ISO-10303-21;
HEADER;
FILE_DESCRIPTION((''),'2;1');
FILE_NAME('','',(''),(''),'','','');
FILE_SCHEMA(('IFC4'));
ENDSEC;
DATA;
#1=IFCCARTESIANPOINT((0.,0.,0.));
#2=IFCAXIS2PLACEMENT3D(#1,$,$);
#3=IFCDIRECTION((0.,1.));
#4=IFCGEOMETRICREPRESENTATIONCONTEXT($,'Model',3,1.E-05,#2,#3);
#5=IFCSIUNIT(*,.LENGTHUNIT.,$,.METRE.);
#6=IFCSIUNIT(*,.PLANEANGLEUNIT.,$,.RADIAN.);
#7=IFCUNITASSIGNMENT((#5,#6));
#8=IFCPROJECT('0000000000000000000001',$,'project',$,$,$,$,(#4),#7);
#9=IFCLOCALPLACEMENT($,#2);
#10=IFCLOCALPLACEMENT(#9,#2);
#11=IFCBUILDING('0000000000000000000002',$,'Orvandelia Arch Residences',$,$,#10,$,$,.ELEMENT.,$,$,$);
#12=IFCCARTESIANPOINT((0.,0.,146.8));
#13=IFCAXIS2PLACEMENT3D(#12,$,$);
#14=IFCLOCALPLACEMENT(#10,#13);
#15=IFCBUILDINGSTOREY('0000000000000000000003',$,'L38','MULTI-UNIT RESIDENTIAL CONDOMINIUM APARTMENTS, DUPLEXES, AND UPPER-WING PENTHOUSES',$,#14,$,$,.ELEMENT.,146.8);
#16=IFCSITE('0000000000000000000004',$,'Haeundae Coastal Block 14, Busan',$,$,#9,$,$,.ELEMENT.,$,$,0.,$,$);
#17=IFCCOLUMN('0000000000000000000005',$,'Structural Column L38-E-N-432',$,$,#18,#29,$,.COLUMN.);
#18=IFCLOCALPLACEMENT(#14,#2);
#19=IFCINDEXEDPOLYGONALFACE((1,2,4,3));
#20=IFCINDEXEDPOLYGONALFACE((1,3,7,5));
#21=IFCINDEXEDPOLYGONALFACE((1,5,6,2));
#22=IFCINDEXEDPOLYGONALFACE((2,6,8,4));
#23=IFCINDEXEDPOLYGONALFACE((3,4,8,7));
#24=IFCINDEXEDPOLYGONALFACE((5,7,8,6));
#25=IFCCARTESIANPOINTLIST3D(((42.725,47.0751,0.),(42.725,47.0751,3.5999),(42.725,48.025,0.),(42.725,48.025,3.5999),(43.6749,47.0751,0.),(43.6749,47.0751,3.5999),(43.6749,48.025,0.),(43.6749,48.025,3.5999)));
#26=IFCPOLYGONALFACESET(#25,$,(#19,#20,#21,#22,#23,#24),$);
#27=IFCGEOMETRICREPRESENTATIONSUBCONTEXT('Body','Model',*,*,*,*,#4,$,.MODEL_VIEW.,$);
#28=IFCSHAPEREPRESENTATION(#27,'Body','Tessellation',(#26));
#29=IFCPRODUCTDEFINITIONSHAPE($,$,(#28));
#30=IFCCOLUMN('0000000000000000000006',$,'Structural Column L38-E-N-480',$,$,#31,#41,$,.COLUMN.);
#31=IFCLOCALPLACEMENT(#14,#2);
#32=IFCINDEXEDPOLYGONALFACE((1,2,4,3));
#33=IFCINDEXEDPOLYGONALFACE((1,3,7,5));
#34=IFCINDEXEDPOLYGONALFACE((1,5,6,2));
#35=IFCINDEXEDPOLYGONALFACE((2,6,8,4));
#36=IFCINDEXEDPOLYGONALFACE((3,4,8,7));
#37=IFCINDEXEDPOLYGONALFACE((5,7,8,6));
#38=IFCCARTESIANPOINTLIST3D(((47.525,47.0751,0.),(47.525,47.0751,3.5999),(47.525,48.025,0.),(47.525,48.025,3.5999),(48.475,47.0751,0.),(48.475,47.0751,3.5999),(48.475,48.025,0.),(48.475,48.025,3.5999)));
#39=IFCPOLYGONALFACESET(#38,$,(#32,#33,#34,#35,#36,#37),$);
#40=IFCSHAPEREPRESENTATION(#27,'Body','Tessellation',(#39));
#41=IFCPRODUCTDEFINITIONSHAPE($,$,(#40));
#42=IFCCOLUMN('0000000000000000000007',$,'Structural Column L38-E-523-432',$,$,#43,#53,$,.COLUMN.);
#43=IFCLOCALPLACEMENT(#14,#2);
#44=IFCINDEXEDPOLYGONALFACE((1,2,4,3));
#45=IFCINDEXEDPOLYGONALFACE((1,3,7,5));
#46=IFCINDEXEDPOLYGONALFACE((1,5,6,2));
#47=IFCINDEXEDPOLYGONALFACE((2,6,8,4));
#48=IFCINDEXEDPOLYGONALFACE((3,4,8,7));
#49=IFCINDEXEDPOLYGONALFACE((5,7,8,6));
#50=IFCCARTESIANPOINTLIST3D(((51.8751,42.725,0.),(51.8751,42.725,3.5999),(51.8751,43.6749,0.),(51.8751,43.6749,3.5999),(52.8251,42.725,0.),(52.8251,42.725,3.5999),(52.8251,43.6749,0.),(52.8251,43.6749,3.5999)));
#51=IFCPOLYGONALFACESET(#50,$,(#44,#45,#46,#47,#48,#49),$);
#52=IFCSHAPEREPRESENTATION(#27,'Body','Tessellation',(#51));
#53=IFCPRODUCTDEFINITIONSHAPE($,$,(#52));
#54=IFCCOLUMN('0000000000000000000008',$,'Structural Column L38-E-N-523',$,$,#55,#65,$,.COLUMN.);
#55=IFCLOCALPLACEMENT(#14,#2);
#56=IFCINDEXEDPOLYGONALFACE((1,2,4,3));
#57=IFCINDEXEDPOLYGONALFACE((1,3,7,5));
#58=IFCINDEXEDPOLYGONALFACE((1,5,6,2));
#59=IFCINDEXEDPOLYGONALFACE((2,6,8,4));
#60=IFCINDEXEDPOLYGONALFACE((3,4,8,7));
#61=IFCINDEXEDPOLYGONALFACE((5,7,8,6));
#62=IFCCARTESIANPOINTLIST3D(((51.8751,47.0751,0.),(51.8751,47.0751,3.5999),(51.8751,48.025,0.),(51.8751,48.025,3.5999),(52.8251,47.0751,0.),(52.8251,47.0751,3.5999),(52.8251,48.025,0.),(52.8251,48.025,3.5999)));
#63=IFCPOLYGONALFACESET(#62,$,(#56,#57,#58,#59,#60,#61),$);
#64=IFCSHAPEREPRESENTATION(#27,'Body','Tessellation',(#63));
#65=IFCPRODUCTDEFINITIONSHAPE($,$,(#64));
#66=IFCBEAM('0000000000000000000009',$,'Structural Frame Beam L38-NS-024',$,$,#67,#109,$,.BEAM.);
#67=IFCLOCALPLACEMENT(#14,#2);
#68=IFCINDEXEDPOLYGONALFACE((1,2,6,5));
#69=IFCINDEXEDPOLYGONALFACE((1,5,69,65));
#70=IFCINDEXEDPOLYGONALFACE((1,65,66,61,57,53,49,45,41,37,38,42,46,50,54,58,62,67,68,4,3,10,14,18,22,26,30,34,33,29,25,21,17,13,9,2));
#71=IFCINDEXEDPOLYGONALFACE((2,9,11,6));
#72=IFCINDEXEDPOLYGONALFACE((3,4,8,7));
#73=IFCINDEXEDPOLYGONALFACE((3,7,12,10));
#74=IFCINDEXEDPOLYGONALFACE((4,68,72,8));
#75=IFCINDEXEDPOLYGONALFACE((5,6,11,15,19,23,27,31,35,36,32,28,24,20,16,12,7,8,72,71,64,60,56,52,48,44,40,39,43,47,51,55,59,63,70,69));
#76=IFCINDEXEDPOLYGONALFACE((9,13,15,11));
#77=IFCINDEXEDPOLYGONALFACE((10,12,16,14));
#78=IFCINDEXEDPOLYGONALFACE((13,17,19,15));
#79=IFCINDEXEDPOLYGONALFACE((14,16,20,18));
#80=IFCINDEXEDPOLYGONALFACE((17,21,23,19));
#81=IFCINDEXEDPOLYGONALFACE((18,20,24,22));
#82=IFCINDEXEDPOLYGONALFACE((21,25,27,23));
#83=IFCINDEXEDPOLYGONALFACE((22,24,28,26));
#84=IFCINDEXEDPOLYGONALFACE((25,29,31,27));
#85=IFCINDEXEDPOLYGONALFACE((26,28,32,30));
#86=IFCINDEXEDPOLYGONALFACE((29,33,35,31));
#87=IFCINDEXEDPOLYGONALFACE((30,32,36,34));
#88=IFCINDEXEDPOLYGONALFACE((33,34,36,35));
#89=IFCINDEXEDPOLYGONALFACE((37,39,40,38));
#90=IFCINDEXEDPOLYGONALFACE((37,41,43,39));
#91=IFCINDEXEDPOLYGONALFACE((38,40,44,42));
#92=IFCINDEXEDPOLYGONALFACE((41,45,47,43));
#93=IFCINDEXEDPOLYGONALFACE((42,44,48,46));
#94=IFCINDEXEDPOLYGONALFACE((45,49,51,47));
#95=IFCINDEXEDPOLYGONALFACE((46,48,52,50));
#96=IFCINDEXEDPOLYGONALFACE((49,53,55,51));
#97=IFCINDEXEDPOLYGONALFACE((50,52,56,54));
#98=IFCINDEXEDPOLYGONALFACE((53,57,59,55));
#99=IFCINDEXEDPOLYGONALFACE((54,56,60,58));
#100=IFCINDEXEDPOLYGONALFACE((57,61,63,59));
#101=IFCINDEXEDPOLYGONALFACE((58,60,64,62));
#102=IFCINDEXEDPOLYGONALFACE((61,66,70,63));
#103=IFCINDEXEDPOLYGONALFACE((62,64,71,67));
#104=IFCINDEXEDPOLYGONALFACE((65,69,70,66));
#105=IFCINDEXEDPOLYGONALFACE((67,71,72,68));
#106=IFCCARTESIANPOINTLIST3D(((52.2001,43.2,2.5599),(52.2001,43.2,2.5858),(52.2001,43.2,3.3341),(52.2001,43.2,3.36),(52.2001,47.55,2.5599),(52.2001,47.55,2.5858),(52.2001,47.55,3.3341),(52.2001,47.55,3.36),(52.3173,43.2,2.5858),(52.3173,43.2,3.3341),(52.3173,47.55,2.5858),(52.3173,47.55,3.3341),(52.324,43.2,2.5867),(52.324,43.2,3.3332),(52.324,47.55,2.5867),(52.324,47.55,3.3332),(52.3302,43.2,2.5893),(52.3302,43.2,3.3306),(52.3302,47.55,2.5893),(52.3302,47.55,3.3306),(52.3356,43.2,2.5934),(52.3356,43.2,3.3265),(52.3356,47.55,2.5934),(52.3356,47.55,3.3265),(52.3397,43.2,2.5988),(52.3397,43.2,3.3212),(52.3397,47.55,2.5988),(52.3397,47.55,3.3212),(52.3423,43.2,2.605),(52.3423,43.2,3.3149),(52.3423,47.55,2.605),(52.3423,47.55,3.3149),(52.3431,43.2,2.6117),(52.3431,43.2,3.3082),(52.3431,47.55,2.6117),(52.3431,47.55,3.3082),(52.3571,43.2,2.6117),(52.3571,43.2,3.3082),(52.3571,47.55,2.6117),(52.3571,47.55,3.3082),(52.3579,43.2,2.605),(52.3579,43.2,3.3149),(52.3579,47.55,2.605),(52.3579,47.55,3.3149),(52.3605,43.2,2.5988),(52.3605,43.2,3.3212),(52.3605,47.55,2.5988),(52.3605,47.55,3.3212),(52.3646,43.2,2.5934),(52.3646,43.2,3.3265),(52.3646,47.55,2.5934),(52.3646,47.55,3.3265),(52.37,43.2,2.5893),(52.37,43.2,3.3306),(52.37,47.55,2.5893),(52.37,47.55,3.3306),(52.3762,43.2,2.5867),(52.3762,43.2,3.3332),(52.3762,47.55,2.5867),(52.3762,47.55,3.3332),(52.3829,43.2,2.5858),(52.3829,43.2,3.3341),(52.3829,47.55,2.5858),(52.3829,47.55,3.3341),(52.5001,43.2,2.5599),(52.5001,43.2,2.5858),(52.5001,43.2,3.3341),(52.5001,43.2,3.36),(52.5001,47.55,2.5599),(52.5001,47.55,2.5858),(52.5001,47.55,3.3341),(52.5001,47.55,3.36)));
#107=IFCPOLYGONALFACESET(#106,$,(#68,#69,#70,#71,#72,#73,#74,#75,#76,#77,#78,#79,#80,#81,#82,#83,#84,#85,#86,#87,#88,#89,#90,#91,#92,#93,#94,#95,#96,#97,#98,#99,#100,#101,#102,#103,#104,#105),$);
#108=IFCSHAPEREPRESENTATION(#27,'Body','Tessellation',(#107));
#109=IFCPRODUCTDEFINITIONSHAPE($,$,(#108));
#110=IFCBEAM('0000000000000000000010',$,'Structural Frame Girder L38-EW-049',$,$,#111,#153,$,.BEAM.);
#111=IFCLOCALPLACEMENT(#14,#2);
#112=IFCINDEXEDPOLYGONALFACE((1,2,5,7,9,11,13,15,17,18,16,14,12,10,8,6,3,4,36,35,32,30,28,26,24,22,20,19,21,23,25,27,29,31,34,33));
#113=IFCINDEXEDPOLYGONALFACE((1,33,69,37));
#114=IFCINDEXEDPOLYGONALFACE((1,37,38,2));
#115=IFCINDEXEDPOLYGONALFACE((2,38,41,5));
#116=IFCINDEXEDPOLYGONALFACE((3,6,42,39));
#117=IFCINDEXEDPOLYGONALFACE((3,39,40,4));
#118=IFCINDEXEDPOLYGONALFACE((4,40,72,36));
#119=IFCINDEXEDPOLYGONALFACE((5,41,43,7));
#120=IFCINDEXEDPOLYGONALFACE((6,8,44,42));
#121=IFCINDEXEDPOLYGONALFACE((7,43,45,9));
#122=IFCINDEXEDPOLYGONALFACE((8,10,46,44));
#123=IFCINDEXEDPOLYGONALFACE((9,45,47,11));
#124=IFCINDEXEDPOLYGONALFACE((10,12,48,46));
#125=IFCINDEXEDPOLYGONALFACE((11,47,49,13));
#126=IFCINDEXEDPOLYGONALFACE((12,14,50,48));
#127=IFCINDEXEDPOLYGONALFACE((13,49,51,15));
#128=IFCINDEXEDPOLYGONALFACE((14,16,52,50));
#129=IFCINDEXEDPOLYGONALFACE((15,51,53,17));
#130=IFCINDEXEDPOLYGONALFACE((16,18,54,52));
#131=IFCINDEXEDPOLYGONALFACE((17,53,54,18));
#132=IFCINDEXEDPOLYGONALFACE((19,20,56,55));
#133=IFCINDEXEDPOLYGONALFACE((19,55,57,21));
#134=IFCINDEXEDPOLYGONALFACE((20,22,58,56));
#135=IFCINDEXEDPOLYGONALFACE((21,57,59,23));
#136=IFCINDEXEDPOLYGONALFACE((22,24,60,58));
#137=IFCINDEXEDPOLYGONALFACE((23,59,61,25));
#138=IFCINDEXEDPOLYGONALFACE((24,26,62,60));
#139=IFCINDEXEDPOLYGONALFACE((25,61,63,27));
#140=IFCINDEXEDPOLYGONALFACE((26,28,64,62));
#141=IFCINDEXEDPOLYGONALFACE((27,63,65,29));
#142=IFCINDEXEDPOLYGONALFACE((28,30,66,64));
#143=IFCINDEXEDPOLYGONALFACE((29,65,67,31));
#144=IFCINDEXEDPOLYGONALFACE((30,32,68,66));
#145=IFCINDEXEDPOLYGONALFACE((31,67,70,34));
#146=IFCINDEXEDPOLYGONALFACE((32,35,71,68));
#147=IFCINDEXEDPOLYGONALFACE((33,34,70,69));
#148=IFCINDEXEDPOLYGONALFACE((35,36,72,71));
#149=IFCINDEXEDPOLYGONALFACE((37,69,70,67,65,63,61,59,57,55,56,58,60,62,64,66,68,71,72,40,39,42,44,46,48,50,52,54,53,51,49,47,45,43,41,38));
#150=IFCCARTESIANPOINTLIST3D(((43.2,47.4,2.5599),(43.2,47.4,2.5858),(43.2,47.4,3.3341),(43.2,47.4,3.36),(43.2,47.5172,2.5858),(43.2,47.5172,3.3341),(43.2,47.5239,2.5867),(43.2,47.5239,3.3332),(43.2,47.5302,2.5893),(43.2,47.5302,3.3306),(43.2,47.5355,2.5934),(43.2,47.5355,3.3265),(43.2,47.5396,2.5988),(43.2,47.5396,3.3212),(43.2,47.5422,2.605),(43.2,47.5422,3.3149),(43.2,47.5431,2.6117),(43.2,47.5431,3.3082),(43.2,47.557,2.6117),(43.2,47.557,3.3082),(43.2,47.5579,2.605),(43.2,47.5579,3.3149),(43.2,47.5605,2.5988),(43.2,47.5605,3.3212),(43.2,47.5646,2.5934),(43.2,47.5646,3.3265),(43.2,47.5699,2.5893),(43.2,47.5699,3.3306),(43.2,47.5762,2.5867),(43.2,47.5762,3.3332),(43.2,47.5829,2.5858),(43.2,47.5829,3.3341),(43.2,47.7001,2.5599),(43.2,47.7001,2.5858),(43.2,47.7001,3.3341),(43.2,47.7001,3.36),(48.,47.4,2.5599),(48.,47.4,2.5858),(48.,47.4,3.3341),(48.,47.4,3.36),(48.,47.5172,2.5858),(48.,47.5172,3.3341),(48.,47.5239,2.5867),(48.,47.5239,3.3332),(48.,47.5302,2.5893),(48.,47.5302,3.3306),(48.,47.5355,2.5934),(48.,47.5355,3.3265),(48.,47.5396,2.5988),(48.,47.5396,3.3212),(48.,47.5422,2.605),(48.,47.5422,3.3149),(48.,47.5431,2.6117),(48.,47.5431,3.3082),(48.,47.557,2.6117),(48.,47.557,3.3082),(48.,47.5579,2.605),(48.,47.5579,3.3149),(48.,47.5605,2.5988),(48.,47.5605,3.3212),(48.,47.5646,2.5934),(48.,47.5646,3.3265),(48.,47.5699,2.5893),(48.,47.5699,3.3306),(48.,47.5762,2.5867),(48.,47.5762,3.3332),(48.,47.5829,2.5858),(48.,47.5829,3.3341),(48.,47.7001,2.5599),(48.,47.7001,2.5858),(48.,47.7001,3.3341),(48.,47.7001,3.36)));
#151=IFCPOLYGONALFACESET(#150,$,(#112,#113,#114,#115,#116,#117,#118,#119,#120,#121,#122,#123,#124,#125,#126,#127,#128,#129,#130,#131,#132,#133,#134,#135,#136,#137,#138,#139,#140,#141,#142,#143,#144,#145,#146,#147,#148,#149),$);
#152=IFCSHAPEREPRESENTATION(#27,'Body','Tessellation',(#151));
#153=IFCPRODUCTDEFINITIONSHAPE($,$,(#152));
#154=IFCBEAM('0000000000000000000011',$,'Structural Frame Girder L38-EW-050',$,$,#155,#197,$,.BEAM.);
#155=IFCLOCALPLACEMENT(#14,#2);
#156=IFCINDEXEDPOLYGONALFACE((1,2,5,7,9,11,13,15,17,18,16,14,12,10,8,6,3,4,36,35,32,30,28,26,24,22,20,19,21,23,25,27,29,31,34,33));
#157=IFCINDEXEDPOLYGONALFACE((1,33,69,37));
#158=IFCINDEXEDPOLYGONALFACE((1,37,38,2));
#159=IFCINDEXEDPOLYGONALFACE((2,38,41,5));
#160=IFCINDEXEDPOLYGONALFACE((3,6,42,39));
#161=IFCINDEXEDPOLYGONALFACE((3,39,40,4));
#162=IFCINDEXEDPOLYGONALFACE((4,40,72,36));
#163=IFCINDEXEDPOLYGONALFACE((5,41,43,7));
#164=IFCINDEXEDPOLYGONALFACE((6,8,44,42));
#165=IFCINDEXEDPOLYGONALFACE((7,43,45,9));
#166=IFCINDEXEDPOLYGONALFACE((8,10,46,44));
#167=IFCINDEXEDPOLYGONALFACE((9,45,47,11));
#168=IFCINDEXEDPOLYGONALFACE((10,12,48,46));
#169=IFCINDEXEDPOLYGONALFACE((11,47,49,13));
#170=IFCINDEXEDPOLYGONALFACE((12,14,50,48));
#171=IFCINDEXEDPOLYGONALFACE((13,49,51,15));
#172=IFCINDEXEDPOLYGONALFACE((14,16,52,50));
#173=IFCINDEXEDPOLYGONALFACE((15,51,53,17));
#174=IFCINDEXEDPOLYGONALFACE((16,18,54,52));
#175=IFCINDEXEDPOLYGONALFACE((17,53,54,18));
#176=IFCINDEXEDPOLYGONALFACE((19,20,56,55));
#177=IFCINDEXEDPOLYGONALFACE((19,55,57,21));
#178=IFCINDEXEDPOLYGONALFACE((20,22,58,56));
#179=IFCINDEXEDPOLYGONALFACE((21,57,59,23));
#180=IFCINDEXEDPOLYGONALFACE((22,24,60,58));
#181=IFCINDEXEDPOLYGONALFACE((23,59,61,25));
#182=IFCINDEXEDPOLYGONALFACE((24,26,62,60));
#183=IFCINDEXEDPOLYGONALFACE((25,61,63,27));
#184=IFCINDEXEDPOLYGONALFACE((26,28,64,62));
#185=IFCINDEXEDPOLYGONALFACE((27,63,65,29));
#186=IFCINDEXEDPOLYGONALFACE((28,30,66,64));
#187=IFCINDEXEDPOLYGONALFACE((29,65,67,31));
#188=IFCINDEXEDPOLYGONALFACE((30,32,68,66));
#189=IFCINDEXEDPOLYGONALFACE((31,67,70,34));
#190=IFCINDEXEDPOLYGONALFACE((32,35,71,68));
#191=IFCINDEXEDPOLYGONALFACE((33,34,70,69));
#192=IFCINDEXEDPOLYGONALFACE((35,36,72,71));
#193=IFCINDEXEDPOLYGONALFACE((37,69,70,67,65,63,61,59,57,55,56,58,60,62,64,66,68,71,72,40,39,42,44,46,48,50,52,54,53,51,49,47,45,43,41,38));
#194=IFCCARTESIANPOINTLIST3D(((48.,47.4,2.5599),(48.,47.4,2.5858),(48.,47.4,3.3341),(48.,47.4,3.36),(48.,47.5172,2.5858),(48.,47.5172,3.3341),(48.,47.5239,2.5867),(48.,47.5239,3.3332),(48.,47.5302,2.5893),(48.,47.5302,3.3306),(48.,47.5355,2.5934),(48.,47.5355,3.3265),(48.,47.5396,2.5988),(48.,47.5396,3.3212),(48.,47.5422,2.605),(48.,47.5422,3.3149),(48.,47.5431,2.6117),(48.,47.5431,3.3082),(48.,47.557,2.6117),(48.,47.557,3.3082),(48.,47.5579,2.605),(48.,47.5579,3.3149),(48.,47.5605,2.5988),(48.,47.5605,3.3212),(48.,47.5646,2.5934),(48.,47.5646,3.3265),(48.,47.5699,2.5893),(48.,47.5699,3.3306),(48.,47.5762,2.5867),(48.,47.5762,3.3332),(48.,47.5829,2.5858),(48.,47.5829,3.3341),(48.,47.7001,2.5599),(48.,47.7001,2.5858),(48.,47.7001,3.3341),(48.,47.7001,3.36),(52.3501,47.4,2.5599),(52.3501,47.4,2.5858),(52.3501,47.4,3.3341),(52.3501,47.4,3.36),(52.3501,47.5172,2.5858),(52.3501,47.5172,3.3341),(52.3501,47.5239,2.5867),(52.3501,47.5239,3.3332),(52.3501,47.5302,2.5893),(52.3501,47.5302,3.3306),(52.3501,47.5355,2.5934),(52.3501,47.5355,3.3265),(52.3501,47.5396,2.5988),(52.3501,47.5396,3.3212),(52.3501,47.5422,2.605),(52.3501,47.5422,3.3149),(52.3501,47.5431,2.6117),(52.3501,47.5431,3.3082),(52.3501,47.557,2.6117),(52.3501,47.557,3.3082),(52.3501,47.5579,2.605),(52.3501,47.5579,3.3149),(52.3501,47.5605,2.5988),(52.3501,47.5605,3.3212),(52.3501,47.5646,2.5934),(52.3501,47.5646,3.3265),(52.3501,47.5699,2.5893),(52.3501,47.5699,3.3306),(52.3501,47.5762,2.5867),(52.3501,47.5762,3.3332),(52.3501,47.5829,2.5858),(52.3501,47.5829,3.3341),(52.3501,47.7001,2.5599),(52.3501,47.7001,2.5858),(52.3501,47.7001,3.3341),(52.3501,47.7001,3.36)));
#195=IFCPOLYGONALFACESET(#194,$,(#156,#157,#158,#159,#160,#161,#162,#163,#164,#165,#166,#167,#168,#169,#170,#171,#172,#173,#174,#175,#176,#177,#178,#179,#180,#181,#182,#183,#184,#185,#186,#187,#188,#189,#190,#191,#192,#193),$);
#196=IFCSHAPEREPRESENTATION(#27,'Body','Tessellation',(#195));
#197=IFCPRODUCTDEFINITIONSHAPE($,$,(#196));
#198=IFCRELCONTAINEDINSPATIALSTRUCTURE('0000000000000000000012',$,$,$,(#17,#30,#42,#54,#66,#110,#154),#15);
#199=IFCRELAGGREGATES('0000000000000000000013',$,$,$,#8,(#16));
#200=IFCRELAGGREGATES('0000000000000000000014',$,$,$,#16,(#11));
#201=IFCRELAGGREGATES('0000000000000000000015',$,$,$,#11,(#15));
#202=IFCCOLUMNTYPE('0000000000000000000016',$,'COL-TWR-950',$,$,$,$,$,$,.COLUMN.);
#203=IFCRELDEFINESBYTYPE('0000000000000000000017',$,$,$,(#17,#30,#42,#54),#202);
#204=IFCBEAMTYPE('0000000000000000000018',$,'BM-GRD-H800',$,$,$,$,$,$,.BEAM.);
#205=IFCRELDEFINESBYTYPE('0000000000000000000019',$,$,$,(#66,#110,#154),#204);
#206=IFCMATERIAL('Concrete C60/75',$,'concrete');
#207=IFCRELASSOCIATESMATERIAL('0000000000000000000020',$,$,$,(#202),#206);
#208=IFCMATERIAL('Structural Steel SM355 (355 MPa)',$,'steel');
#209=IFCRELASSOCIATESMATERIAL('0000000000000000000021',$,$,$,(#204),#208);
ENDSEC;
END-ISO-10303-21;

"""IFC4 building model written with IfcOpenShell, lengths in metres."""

from ifc_helpers import new_model, si_unit, direction, frame, origin, origin_2d, place, context, subcontext, project, spatial, rectangle, i_section, extrude, material, material_profile, profile_set, type_object, element, save


model = new_model("IFC4")

# Units and contexts
model_context = context("Model", 3, precision=1e-05, world=origin(), true_north=direction((0.0, 1.0)))
body_context = subcontext(model_context, "Body", "Model", "MODEL_VIEW")
ifc_project = project(units=[si_unit("LENGTHUNIT", "METRE"), si_unit("PLANEANGLEUNIT", "RADIAN")], contexts=[model_context])

# Site, building, storey
site_placement = place(None, origin())
site = spatial("IfcSite", under=ifc_project, at=site_placement, Name="Haeundae Coastal Block 14, Busan", CompositionType="ELEMENT", RefElevation=0.0)
building_placement = place(site_placement, origin())
building = spatial("IfcBuilding", under=site, at=building_placement, Name="Orvandelia Arch Residences", CompositionType="ELEMENT")
storey_placement = place(building_placement, frame((0.0, 0.0, 146.8)))
storey = spatial("IfcBuildingStorey", under=building, at=storey_placement, Name="L38", Description="MULTI-UNIT RESIDENTIAL CONDOMINIUM APARTMENTS, DUPLEXES, AND UPPER-WING PENTHOUSES", CompositionType="ELEMENT", Elevation=146.8)

# Columns
ifc_material_1 = material(Name="Concrete C60/75", Category="concrete")
ifc_material_profile_1 = material_profile(ifc_material_1, rectangle(XDim=0.95, YDim=0.95, at=origin_2d()), Name="Concrete C60/75", Category="concrete")
ifc_profile_set_1 = profile_set([ifc_material_profile_1], Name="Concrete C60/75")
column_type = type_object("IfcColumnType", Name="COL-TWR-950", PredefinedType="COLUMN", material=ifc_profile_set_1)
for number, where, z_axis, x_axis, name in (
    (1, (43.2, 47.55, 0.0), (0.0, 0.0, 1.0), (1.0, 0.0, 0.0), "Structural Column L38-E-N-432"),
    (2, (48.0, 47.55, 0.0), (0.0, 0.0, 1.0), (1.0, 0.0, 0.0), "Structural Column L38-E-N-480"),
    (3, (52.3501, 43.2, 0.0), (0.0, 0.0, 1.0), (1.0, 0.0, 0.0), "Structural Column L38-E-523-432"),
    (4, (52.3501, 47.55, 0.0), (0.0, 0.0, 1.0), (1.0, 0.0, 0.0), "Structural Column L38-E-N-523"),
):
    element("IfcColumn", number, at=place(storey_placement, frame(where, z_axis=z_axis, x_axis=x_axis)), inside=storey, type_object=column_type, Name=name, PredefinedType="COLUMN", context=body_context, shape_type="SweptSolid", body=[
        extrude(rectangle(XDim=0.95, YDim=0.95, at=origin_2d()), origin(), (0.0, 0.0, 1.0), 3.5999),
    ])

# Beams
ifc_material_2 = material(Name="Structural Steel SM355 (355 MPa)", Category="steel")
ifc_material_profile_2 = material_profile(ifc_material_2, i_section(OverallWidth=0.3, OverallDepth=0.8, WebThickness=0.0139, FlangeThickness=0.0259, FilletRadius=0.0259, at=origin_2d()), Name="Structural Steel SM355 (355 MPa)", Category="steel")
ifc_profile_set_2 = profile_set([ifc_material_profile_2], Name="Structural Steel SM355 (355 MPa)")
beam_type = type_object("IfcBeamType", Name="BM-GRD-H800", PredefinedType="BEAM", material=ifc_profile_set_2)
beam_1_placement = place(storey_placement, frame((52.3501, 43.2, 2.96), z_axis=(0.0, 1.0, 0.0), x_axis=(-1.0, 0.0, 0.0)))
element("IfcBeam", 5, at=beam_1_placement, inside=storey, type_object=beam_type, Name="Structural Frame Beam L38-NS-024", PredefinedType="BEAM", context=body_context, shape_type="SweptSolid", body=[
    extrude(i_section(OverallWidth=0.3, OverallDepth=0.8, WebThickness=0.0139, FlangeThickness=0.0259, FilletRadius=0.0259, at=origin_2d()), origin(), (0.0, 0.0, 1.0), 4.3501),
])
beam_2_placement = place(storey_placement, frame((43.2, 47.55, 2.96), z_axis=(1.0, 0.0, 0.0), x_axis=(0.0, 1.0, 0.0)))
element("IfcBeam", 6, at=beam_2_placement, inside=storey, type_object=beam_type, Name="Structural Frame Girder L38-EW-049", PredefinedType="BEAM", context=body_context, shape_type="SweptSolid", body=[
    extrude(i_section(OverallWidth=0.3, OverallDepth=0.8, WebThickness=0.0139, FlangeThickness=0.0259, FilletRadius=0.0259, at=origin_2d()), origin(), (0.0, 0.0, 1.0), 4.8),
])
beam_3_placement = place(storey_placement, frame((48.0, 47.55, 2.96), z_axis=(1.0, 0.0, 0.0), x_axis=(0.0, 1.0, 0.0)))
element("IfcBeam", 7, at=beam_3_placement, inside=storey, type_object=beam_type, Name="Structural Frame Girder L38-EW-050", PredefinedType="BEAM", context=body_context, shape_type="SweptSolid", body=[
    extrude(i_section(OverallWidth=0.3, OverallDepth=0.8, WebThickness=0.0139, FlangeThickness=0.0259, FilletRadius=0.0259, at=origin_2d()), origin(), (0.0, 0.0, 1.0), 4.3501),
])

save(model, "model.ifc")
